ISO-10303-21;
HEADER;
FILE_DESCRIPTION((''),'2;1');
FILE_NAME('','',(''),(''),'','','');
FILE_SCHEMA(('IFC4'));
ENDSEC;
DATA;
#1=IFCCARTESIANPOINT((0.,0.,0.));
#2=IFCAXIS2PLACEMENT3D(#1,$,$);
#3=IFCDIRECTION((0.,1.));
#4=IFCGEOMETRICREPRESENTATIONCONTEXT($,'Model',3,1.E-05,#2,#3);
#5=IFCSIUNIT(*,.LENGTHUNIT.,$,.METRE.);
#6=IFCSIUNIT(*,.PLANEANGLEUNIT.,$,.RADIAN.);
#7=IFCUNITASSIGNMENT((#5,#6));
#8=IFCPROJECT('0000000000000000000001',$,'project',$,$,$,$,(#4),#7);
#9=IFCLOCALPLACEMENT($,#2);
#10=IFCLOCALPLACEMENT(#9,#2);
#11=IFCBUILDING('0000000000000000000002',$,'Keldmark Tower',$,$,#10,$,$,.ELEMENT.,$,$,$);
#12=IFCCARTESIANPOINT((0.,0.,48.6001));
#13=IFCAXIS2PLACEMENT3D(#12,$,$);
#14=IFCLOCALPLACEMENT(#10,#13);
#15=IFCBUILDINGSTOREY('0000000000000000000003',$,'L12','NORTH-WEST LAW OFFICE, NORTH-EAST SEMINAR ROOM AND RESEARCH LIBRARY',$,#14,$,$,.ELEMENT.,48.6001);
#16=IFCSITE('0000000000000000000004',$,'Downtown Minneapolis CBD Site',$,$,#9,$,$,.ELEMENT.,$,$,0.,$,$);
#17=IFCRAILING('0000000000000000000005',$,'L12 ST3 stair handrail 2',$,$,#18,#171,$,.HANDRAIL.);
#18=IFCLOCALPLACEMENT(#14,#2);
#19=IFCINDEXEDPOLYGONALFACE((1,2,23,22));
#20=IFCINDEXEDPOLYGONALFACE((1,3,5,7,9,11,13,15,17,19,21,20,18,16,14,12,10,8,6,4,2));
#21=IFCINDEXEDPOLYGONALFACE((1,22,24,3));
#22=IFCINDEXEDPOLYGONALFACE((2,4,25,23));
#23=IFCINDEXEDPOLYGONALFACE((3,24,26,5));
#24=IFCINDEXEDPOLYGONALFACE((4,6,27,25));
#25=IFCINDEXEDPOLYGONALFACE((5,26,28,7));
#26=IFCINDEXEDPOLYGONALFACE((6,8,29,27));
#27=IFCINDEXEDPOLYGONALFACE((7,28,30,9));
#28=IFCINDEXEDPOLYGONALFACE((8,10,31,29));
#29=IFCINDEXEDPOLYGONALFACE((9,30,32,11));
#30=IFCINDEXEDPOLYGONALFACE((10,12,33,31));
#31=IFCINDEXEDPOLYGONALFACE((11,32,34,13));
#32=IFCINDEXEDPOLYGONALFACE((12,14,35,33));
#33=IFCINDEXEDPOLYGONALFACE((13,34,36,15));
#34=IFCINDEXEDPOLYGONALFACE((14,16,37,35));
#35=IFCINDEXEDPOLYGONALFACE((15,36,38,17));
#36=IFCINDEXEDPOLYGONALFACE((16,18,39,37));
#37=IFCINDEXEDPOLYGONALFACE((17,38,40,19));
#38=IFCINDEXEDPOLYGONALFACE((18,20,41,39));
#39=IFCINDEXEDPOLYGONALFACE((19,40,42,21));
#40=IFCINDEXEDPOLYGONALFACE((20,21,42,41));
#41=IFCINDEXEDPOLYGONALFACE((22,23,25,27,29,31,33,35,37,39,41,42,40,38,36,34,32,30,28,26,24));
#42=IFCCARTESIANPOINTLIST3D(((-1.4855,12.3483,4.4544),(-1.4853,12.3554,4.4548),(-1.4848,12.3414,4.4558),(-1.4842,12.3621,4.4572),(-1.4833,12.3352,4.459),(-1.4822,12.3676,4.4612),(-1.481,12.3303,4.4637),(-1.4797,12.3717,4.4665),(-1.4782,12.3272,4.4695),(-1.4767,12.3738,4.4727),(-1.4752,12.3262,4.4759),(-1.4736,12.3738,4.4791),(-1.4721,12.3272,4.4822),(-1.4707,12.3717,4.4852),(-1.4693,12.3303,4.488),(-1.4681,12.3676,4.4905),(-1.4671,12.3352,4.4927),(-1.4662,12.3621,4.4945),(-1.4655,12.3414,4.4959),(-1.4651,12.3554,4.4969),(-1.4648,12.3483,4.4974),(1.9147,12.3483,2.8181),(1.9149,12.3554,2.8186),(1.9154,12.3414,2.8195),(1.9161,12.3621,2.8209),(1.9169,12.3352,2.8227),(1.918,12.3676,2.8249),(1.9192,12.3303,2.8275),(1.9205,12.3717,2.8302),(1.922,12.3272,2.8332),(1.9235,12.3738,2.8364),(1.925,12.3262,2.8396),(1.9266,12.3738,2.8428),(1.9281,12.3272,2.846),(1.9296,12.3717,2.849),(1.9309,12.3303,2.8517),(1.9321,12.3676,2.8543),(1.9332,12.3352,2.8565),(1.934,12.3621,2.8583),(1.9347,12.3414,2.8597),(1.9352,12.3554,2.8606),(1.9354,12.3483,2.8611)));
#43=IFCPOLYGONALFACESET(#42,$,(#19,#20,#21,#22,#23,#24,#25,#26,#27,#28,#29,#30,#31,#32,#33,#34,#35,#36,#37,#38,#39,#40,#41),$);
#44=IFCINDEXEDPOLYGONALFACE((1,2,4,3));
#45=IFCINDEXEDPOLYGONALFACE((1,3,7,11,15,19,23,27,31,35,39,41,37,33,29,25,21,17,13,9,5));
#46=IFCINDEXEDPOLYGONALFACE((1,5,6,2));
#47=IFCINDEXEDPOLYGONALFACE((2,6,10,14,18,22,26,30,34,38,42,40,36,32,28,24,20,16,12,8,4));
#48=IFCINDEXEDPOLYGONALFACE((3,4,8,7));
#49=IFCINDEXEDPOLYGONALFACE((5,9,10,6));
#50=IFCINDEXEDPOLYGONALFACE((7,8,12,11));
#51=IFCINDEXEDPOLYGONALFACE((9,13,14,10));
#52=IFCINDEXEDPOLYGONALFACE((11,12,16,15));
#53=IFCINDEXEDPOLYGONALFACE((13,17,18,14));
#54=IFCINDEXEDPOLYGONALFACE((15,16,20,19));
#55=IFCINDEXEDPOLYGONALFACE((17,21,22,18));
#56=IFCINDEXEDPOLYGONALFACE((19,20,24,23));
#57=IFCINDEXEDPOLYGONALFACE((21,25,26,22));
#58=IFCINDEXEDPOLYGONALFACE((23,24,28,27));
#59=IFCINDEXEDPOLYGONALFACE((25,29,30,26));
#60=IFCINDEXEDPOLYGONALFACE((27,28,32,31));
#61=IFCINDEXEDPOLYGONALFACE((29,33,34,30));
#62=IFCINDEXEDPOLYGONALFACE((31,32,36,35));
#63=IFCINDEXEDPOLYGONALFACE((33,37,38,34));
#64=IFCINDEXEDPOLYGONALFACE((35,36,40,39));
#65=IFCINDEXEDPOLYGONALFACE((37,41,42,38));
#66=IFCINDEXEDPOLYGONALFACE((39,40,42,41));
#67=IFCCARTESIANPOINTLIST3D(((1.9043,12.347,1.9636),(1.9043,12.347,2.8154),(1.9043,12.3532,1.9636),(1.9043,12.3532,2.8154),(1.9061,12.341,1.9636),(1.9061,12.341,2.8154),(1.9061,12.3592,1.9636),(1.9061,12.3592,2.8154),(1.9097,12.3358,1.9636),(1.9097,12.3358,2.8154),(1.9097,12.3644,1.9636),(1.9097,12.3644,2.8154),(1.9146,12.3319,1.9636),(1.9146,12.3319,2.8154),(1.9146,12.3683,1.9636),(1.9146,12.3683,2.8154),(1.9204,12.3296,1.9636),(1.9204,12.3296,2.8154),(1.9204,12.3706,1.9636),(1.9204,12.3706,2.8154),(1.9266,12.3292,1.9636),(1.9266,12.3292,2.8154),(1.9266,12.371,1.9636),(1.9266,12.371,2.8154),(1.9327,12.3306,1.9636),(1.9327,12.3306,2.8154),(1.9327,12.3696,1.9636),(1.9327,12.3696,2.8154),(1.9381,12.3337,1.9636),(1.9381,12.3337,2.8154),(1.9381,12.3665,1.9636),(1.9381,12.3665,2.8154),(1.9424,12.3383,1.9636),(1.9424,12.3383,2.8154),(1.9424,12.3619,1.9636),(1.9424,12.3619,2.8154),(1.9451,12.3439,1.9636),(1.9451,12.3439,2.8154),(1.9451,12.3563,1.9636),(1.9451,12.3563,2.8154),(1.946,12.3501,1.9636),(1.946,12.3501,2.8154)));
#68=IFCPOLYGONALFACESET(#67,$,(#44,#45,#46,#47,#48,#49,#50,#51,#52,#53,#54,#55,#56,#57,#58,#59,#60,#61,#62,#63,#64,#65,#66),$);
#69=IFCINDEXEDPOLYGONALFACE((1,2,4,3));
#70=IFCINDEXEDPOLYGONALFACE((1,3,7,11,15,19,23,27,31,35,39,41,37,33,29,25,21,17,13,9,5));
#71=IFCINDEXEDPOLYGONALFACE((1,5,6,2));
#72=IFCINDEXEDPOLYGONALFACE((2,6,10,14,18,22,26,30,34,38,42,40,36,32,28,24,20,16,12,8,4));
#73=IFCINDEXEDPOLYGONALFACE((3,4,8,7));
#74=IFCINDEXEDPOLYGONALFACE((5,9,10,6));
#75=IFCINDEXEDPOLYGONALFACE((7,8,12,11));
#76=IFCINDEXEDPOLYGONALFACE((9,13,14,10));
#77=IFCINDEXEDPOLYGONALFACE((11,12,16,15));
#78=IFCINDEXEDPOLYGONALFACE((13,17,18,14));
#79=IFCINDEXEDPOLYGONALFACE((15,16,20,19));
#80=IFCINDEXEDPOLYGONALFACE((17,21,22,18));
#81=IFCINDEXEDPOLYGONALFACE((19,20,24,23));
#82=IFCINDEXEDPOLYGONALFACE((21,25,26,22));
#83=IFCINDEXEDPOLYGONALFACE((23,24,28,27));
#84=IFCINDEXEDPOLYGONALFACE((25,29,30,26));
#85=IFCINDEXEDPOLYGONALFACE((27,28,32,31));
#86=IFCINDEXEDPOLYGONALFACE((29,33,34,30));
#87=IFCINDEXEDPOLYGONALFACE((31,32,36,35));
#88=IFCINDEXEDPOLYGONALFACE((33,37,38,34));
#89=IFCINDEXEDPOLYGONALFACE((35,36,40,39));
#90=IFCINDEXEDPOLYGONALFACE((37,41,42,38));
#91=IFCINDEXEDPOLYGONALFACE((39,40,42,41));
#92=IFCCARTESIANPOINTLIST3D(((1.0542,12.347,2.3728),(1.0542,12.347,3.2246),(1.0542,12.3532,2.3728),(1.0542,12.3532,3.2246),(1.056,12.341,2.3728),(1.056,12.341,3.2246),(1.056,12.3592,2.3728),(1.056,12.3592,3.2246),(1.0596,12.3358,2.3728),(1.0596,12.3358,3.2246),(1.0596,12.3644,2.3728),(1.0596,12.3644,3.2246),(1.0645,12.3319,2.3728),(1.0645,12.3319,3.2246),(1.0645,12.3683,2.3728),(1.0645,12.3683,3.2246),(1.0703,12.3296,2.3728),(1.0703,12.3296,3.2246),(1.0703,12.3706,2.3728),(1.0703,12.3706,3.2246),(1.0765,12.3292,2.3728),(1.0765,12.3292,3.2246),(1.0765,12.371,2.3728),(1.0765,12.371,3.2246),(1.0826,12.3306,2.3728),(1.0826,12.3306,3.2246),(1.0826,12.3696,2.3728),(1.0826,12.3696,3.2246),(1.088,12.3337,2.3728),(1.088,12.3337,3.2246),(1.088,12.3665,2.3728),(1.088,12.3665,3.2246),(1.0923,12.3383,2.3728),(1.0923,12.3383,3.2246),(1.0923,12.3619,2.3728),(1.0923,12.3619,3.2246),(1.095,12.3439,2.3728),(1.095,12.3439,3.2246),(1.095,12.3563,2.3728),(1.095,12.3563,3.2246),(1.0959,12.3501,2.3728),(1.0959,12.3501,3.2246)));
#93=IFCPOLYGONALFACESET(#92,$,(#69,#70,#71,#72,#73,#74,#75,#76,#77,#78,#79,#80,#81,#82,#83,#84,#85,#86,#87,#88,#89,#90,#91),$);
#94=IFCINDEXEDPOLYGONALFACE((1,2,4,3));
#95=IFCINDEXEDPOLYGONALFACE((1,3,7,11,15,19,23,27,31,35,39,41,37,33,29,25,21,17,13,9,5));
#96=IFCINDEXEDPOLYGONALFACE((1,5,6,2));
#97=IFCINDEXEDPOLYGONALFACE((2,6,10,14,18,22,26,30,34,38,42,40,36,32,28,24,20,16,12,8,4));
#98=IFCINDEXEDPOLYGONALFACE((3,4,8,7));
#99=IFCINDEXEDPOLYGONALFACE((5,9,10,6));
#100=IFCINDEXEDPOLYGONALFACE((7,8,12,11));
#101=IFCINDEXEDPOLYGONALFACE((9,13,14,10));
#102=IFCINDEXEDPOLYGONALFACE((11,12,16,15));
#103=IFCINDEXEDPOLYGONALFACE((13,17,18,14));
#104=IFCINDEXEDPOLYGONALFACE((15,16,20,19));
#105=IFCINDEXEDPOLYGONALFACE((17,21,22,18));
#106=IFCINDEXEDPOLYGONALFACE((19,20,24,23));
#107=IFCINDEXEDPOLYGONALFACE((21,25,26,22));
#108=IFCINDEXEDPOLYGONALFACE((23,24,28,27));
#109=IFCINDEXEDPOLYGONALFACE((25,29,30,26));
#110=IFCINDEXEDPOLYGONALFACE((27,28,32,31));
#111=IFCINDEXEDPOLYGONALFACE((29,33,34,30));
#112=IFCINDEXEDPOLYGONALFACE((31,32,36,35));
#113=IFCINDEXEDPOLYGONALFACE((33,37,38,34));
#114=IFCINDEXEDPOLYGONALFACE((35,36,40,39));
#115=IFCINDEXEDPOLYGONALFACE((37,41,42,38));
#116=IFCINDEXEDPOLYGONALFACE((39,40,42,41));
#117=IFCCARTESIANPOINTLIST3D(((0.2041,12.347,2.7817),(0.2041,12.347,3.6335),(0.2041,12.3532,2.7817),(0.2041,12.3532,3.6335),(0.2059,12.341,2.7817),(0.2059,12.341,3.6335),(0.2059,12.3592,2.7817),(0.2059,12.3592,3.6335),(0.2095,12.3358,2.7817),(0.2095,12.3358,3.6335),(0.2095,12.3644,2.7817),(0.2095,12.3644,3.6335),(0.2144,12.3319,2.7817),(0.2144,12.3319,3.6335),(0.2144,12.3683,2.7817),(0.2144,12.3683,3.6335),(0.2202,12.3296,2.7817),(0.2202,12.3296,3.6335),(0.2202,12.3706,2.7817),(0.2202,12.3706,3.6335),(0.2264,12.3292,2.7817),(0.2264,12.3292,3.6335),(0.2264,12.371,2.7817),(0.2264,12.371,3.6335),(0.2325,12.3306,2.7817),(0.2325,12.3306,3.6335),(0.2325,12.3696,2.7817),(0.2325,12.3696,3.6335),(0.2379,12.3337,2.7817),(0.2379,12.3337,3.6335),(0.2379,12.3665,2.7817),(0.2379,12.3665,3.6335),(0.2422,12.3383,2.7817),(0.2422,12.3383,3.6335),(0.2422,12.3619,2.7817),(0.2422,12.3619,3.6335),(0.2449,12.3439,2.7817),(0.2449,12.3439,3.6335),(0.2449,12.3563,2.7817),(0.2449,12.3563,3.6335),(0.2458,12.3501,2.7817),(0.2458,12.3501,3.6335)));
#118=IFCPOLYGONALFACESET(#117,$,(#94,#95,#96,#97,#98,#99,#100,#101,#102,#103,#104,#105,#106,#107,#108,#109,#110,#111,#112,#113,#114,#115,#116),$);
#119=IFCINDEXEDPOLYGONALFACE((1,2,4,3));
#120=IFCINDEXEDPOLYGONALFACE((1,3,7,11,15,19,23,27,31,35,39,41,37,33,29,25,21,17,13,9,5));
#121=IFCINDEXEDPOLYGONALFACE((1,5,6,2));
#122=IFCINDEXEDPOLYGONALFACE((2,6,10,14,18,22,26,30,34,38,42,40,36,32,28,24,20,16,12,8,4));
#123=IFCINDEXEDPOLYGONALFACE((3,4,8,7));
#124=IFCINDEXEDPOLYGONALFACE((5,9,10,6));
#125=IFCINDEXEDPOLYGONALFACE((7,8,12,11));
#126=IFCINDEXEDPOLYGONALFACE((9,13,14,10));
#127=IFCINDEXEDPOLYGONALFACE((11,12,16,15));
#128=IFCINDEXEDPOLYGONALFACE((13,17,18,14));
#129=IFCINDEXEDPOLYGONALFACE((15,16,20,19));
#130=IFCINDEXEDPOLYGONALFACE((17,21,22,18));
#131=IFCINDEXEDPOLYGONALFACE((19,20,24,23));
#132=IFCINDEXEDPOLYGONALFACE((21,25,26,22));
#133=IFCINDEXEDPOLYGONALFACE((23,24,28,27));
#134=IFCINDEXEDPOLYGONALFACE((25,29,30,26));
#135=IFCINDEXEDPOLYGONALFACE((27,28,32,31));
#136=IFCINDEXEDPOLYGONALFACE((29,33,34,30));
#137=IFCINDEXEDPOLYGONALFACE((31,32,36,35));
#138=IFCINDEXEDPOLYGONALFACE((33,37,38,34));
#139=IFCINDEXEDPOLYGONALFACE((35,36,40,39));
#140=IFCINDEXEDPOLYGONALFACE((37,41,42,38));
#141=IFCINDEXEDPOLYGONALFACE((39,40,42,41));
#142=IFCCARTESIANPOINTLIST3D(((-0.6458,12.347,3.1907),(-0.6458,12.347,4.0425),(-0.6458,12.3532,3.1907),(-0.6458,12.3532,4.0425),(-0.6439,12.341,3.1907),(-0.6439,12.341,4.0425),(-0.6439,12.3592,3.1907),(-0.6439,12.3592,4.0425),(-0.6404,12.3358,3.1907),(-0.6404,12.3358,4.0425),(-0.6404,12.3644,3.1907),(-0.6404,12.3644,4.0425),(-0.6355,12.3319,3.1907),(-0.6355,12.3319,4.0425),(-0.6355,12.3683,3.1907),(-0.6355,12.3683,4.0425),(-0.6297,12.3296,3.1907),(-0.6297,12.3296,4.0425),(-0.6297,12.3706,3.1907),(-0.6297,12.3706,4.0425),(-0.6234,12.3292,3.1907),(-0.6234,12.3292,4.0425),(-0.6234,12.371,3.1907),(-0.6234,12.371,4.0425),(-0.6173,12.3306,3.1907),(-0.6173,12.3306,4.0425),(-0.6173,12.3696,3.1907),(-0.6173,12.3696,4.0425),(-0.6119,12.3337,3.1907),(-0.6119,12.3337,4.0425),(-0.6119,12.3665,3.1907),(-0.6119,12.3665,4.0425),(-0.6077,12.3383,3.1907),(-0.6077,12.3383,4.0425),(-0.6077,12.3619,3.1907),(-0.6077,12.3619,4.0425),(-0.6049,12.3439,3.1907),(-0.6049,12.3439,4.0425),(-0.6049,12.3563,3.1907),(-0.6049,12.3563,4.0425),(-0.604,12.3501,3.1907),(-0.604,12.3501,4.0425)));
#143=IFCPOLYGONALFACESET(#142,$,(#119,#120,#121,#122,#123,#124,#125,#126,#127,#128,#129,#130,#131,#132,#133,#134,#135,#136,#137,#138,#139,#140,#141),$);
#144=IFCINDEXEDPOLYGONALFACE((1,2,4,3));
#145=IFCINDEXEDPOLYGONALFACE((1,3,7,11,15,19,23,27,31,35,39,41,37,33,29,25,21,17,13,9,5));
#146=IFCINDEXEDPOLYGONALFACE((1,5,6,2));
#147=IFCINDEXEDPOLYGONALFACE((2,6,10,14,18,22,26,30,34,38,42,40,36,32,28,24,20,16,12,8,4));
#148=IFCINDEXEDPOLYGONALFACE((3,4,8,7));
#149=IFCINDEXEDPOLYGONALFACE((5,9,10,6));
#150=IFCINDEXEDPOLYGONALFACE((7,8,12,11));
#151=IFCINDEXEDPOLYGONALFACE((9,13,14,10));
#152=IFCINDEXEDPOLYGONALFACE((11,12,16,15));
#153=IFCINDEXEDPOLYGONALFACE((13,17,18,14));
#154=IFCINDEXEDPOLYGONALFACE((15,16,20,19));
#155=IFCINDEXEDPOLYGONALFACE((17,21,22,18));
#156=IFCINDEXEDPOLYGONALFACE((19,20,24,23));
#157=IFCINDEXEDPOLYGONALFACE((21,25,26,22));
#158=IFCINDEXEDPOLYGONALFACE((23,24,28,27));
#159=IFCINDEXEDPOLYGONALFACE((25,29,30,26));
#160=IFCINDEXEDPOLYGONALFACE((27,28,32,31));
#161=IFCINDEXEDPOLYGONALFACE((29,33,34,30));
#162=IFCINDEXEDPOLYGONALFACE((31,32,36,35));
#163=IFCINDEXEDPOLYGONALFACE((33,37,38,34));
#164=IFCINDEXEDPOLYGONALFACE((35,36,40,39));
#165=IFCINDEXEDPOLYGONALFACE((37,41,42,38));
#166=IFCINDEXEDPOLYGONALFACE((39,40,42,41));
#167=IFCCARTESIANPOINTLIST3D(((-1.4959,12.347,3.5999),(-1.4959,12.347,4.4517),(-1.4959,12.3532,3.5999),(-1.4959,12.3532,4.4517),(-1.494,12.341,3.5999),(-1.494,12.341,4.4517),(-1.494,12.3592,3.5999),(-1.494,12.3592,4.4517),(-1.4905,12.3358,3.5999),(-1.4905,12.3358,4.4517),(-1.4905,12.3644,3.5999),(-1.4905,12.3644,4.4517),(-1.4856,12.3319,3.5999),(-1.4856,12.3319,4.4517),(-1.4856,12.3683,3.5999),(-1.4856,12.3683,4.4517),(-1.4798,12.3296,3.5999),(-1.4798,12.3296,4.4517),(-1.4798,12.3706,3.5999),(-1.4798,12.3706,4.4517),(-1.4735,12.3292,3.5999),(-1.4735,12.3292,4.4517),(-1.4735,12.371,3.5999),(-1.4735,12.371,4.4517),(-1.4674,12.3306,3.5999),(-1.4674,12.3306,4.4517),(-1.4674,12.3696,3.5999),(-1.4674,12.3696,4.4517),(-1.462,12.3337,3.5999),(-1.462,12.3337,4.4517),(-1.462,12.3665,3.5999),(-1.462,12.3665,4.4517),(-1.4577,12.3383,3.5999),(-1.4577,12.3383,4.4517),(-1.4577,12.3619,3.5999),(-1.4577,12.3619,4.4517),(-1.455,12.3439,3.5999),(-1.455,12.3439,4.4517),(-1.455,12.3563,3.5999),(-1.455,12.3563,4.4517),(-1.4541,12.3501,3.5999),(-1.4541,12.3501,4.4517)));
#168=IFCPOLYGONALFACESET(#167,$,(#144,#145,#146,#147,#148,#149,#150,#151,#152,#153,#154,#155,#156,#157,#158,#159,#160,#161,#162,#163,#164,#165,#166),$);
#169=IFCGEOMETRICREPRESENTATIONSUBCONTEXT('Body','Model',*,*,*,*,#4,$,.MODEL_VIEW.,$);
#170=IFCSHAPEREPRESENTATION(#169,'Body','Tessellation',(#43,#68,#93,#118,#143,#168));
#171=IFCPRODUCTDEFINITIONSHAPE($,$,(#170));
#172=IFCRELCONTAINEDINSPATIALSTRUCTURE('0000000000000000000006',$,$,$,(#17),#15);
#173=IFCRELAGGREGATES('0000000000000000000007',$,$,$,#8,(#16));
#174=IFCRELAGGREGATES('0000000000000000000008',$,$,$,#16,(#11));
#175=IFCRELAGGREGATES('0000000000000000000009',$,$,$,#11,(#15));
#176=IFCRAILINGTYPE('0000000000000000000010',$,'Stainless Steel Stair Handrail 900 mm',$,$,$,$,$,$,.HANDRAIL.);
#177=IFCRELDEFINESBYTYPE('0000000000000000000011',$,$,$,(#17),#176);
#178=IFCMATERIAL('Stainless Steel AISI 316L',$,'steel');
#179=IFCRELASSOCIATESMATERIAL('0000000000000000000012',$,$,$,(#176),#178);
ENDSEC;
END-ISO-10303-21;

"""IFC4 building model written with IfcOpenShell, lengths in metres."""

from ifc_helpers import new_model, si_unit, direction, frame, origin, origin_2d, place, context, subcontext, project, spatial, circle, extrude, material, type_object, element, save


model = new_model("IFC4")

# Units and contexts
model_context = context("Model", 3, precision=1e-05, world=origin(), true_north=direction((0.0, 1.0)))
body_context = subcontext(model_context, "Body", "Model", "MODEL_VIEW")
ifc_project = project(units=[si_unit("LENGTHUNIT", "METRE"), si_unit("PLANEANGLEUNIT", "RADIAN")], contexts=[model_context])

# Site, building, storey
site_placement = place(None, origin())
site = spatial("IfcSite", under=ifc_project, at=site_placement, Name="Downtown Minneapolis CBD Site", CompositionType="ELEMENT", RefElevation=0.0)
building_placement = place(site_placement, origin())
building = spatial("IfcBuilding", under=site, at=building_placement, Name="Keldmark Tower", CompositionType="ELEMENT")
storey_placement = place(building_placement, frame((0.0, 0.0, 48.6001)))
storey = spatial("IfcBuildingStorey", under=building, at=storey_placement, Name="L12", Description="NORTH-WEST LAW OFFICE, NORTH-EAST SEMINAR ROOM AND RESEARCH LIBRARY", CompositionType="ELEMENT", Elevation=48.6001)

# Railing
ifc_material_1 = material(Name="Stainless Steel AISI 316L", Category="steel")
railing_type_1 = type_object("IfcRailingType", Name="Stainless Steel Stair Handrail 900 mm", PredefinedType="HANDRAIL", material=ifc_material_1)
railing_1_placement = place(storey_placement, frame((1.925, 12.3501, 1.9636)))
element("IfcRailing", 1, at=railing_1_placement, inside=storey, type_object=railing_type_1, Name="L12 ST3 stair handrail 2", PredefinedType="HANDRAIL", context=body_context, shape_type="SweptSolid", body=[
    extrude(circle(Radius=0.0239, at=origin_2d()), frame((0.0, 0.0, 0.876), z_axis=(-0.901093, 0.0, 0.433627), x_axis=(0.0, -1.0, 0.0)), (0.0, 0.0, 1.0), 3.7734),
    extrude(circle(Radius=0.021, at=origin_2d()), origin(), (0.0, 0.0, 1.0), 0.8518),
    extrude(circle(Radius=0.021, at=origin_2d()), frame((-0.8501, 0.0, 0.4092)), (0.0, 0.0, 1.0), 0.8518),
    extrude(circle(Radius=0.021, at=origin_2d()), frame((-1.7002, 0.0, 0.8181)), (0.0, 0.0, 1.0), 0.8518),
    extrude(circle(Radius=0.021, at=origin_2d()), frame((-2.55, 0.0, 1.2271)), (0.0, 0.0, 1.0), 0.8518),
    extrude(circle(Radius=0.021, at=origin_2d()), frame((-3.4001, 0.0, 1.6362)), (0.0, 0.0, 1.0), 0.8518),
])

save(model, "model.ifc")
